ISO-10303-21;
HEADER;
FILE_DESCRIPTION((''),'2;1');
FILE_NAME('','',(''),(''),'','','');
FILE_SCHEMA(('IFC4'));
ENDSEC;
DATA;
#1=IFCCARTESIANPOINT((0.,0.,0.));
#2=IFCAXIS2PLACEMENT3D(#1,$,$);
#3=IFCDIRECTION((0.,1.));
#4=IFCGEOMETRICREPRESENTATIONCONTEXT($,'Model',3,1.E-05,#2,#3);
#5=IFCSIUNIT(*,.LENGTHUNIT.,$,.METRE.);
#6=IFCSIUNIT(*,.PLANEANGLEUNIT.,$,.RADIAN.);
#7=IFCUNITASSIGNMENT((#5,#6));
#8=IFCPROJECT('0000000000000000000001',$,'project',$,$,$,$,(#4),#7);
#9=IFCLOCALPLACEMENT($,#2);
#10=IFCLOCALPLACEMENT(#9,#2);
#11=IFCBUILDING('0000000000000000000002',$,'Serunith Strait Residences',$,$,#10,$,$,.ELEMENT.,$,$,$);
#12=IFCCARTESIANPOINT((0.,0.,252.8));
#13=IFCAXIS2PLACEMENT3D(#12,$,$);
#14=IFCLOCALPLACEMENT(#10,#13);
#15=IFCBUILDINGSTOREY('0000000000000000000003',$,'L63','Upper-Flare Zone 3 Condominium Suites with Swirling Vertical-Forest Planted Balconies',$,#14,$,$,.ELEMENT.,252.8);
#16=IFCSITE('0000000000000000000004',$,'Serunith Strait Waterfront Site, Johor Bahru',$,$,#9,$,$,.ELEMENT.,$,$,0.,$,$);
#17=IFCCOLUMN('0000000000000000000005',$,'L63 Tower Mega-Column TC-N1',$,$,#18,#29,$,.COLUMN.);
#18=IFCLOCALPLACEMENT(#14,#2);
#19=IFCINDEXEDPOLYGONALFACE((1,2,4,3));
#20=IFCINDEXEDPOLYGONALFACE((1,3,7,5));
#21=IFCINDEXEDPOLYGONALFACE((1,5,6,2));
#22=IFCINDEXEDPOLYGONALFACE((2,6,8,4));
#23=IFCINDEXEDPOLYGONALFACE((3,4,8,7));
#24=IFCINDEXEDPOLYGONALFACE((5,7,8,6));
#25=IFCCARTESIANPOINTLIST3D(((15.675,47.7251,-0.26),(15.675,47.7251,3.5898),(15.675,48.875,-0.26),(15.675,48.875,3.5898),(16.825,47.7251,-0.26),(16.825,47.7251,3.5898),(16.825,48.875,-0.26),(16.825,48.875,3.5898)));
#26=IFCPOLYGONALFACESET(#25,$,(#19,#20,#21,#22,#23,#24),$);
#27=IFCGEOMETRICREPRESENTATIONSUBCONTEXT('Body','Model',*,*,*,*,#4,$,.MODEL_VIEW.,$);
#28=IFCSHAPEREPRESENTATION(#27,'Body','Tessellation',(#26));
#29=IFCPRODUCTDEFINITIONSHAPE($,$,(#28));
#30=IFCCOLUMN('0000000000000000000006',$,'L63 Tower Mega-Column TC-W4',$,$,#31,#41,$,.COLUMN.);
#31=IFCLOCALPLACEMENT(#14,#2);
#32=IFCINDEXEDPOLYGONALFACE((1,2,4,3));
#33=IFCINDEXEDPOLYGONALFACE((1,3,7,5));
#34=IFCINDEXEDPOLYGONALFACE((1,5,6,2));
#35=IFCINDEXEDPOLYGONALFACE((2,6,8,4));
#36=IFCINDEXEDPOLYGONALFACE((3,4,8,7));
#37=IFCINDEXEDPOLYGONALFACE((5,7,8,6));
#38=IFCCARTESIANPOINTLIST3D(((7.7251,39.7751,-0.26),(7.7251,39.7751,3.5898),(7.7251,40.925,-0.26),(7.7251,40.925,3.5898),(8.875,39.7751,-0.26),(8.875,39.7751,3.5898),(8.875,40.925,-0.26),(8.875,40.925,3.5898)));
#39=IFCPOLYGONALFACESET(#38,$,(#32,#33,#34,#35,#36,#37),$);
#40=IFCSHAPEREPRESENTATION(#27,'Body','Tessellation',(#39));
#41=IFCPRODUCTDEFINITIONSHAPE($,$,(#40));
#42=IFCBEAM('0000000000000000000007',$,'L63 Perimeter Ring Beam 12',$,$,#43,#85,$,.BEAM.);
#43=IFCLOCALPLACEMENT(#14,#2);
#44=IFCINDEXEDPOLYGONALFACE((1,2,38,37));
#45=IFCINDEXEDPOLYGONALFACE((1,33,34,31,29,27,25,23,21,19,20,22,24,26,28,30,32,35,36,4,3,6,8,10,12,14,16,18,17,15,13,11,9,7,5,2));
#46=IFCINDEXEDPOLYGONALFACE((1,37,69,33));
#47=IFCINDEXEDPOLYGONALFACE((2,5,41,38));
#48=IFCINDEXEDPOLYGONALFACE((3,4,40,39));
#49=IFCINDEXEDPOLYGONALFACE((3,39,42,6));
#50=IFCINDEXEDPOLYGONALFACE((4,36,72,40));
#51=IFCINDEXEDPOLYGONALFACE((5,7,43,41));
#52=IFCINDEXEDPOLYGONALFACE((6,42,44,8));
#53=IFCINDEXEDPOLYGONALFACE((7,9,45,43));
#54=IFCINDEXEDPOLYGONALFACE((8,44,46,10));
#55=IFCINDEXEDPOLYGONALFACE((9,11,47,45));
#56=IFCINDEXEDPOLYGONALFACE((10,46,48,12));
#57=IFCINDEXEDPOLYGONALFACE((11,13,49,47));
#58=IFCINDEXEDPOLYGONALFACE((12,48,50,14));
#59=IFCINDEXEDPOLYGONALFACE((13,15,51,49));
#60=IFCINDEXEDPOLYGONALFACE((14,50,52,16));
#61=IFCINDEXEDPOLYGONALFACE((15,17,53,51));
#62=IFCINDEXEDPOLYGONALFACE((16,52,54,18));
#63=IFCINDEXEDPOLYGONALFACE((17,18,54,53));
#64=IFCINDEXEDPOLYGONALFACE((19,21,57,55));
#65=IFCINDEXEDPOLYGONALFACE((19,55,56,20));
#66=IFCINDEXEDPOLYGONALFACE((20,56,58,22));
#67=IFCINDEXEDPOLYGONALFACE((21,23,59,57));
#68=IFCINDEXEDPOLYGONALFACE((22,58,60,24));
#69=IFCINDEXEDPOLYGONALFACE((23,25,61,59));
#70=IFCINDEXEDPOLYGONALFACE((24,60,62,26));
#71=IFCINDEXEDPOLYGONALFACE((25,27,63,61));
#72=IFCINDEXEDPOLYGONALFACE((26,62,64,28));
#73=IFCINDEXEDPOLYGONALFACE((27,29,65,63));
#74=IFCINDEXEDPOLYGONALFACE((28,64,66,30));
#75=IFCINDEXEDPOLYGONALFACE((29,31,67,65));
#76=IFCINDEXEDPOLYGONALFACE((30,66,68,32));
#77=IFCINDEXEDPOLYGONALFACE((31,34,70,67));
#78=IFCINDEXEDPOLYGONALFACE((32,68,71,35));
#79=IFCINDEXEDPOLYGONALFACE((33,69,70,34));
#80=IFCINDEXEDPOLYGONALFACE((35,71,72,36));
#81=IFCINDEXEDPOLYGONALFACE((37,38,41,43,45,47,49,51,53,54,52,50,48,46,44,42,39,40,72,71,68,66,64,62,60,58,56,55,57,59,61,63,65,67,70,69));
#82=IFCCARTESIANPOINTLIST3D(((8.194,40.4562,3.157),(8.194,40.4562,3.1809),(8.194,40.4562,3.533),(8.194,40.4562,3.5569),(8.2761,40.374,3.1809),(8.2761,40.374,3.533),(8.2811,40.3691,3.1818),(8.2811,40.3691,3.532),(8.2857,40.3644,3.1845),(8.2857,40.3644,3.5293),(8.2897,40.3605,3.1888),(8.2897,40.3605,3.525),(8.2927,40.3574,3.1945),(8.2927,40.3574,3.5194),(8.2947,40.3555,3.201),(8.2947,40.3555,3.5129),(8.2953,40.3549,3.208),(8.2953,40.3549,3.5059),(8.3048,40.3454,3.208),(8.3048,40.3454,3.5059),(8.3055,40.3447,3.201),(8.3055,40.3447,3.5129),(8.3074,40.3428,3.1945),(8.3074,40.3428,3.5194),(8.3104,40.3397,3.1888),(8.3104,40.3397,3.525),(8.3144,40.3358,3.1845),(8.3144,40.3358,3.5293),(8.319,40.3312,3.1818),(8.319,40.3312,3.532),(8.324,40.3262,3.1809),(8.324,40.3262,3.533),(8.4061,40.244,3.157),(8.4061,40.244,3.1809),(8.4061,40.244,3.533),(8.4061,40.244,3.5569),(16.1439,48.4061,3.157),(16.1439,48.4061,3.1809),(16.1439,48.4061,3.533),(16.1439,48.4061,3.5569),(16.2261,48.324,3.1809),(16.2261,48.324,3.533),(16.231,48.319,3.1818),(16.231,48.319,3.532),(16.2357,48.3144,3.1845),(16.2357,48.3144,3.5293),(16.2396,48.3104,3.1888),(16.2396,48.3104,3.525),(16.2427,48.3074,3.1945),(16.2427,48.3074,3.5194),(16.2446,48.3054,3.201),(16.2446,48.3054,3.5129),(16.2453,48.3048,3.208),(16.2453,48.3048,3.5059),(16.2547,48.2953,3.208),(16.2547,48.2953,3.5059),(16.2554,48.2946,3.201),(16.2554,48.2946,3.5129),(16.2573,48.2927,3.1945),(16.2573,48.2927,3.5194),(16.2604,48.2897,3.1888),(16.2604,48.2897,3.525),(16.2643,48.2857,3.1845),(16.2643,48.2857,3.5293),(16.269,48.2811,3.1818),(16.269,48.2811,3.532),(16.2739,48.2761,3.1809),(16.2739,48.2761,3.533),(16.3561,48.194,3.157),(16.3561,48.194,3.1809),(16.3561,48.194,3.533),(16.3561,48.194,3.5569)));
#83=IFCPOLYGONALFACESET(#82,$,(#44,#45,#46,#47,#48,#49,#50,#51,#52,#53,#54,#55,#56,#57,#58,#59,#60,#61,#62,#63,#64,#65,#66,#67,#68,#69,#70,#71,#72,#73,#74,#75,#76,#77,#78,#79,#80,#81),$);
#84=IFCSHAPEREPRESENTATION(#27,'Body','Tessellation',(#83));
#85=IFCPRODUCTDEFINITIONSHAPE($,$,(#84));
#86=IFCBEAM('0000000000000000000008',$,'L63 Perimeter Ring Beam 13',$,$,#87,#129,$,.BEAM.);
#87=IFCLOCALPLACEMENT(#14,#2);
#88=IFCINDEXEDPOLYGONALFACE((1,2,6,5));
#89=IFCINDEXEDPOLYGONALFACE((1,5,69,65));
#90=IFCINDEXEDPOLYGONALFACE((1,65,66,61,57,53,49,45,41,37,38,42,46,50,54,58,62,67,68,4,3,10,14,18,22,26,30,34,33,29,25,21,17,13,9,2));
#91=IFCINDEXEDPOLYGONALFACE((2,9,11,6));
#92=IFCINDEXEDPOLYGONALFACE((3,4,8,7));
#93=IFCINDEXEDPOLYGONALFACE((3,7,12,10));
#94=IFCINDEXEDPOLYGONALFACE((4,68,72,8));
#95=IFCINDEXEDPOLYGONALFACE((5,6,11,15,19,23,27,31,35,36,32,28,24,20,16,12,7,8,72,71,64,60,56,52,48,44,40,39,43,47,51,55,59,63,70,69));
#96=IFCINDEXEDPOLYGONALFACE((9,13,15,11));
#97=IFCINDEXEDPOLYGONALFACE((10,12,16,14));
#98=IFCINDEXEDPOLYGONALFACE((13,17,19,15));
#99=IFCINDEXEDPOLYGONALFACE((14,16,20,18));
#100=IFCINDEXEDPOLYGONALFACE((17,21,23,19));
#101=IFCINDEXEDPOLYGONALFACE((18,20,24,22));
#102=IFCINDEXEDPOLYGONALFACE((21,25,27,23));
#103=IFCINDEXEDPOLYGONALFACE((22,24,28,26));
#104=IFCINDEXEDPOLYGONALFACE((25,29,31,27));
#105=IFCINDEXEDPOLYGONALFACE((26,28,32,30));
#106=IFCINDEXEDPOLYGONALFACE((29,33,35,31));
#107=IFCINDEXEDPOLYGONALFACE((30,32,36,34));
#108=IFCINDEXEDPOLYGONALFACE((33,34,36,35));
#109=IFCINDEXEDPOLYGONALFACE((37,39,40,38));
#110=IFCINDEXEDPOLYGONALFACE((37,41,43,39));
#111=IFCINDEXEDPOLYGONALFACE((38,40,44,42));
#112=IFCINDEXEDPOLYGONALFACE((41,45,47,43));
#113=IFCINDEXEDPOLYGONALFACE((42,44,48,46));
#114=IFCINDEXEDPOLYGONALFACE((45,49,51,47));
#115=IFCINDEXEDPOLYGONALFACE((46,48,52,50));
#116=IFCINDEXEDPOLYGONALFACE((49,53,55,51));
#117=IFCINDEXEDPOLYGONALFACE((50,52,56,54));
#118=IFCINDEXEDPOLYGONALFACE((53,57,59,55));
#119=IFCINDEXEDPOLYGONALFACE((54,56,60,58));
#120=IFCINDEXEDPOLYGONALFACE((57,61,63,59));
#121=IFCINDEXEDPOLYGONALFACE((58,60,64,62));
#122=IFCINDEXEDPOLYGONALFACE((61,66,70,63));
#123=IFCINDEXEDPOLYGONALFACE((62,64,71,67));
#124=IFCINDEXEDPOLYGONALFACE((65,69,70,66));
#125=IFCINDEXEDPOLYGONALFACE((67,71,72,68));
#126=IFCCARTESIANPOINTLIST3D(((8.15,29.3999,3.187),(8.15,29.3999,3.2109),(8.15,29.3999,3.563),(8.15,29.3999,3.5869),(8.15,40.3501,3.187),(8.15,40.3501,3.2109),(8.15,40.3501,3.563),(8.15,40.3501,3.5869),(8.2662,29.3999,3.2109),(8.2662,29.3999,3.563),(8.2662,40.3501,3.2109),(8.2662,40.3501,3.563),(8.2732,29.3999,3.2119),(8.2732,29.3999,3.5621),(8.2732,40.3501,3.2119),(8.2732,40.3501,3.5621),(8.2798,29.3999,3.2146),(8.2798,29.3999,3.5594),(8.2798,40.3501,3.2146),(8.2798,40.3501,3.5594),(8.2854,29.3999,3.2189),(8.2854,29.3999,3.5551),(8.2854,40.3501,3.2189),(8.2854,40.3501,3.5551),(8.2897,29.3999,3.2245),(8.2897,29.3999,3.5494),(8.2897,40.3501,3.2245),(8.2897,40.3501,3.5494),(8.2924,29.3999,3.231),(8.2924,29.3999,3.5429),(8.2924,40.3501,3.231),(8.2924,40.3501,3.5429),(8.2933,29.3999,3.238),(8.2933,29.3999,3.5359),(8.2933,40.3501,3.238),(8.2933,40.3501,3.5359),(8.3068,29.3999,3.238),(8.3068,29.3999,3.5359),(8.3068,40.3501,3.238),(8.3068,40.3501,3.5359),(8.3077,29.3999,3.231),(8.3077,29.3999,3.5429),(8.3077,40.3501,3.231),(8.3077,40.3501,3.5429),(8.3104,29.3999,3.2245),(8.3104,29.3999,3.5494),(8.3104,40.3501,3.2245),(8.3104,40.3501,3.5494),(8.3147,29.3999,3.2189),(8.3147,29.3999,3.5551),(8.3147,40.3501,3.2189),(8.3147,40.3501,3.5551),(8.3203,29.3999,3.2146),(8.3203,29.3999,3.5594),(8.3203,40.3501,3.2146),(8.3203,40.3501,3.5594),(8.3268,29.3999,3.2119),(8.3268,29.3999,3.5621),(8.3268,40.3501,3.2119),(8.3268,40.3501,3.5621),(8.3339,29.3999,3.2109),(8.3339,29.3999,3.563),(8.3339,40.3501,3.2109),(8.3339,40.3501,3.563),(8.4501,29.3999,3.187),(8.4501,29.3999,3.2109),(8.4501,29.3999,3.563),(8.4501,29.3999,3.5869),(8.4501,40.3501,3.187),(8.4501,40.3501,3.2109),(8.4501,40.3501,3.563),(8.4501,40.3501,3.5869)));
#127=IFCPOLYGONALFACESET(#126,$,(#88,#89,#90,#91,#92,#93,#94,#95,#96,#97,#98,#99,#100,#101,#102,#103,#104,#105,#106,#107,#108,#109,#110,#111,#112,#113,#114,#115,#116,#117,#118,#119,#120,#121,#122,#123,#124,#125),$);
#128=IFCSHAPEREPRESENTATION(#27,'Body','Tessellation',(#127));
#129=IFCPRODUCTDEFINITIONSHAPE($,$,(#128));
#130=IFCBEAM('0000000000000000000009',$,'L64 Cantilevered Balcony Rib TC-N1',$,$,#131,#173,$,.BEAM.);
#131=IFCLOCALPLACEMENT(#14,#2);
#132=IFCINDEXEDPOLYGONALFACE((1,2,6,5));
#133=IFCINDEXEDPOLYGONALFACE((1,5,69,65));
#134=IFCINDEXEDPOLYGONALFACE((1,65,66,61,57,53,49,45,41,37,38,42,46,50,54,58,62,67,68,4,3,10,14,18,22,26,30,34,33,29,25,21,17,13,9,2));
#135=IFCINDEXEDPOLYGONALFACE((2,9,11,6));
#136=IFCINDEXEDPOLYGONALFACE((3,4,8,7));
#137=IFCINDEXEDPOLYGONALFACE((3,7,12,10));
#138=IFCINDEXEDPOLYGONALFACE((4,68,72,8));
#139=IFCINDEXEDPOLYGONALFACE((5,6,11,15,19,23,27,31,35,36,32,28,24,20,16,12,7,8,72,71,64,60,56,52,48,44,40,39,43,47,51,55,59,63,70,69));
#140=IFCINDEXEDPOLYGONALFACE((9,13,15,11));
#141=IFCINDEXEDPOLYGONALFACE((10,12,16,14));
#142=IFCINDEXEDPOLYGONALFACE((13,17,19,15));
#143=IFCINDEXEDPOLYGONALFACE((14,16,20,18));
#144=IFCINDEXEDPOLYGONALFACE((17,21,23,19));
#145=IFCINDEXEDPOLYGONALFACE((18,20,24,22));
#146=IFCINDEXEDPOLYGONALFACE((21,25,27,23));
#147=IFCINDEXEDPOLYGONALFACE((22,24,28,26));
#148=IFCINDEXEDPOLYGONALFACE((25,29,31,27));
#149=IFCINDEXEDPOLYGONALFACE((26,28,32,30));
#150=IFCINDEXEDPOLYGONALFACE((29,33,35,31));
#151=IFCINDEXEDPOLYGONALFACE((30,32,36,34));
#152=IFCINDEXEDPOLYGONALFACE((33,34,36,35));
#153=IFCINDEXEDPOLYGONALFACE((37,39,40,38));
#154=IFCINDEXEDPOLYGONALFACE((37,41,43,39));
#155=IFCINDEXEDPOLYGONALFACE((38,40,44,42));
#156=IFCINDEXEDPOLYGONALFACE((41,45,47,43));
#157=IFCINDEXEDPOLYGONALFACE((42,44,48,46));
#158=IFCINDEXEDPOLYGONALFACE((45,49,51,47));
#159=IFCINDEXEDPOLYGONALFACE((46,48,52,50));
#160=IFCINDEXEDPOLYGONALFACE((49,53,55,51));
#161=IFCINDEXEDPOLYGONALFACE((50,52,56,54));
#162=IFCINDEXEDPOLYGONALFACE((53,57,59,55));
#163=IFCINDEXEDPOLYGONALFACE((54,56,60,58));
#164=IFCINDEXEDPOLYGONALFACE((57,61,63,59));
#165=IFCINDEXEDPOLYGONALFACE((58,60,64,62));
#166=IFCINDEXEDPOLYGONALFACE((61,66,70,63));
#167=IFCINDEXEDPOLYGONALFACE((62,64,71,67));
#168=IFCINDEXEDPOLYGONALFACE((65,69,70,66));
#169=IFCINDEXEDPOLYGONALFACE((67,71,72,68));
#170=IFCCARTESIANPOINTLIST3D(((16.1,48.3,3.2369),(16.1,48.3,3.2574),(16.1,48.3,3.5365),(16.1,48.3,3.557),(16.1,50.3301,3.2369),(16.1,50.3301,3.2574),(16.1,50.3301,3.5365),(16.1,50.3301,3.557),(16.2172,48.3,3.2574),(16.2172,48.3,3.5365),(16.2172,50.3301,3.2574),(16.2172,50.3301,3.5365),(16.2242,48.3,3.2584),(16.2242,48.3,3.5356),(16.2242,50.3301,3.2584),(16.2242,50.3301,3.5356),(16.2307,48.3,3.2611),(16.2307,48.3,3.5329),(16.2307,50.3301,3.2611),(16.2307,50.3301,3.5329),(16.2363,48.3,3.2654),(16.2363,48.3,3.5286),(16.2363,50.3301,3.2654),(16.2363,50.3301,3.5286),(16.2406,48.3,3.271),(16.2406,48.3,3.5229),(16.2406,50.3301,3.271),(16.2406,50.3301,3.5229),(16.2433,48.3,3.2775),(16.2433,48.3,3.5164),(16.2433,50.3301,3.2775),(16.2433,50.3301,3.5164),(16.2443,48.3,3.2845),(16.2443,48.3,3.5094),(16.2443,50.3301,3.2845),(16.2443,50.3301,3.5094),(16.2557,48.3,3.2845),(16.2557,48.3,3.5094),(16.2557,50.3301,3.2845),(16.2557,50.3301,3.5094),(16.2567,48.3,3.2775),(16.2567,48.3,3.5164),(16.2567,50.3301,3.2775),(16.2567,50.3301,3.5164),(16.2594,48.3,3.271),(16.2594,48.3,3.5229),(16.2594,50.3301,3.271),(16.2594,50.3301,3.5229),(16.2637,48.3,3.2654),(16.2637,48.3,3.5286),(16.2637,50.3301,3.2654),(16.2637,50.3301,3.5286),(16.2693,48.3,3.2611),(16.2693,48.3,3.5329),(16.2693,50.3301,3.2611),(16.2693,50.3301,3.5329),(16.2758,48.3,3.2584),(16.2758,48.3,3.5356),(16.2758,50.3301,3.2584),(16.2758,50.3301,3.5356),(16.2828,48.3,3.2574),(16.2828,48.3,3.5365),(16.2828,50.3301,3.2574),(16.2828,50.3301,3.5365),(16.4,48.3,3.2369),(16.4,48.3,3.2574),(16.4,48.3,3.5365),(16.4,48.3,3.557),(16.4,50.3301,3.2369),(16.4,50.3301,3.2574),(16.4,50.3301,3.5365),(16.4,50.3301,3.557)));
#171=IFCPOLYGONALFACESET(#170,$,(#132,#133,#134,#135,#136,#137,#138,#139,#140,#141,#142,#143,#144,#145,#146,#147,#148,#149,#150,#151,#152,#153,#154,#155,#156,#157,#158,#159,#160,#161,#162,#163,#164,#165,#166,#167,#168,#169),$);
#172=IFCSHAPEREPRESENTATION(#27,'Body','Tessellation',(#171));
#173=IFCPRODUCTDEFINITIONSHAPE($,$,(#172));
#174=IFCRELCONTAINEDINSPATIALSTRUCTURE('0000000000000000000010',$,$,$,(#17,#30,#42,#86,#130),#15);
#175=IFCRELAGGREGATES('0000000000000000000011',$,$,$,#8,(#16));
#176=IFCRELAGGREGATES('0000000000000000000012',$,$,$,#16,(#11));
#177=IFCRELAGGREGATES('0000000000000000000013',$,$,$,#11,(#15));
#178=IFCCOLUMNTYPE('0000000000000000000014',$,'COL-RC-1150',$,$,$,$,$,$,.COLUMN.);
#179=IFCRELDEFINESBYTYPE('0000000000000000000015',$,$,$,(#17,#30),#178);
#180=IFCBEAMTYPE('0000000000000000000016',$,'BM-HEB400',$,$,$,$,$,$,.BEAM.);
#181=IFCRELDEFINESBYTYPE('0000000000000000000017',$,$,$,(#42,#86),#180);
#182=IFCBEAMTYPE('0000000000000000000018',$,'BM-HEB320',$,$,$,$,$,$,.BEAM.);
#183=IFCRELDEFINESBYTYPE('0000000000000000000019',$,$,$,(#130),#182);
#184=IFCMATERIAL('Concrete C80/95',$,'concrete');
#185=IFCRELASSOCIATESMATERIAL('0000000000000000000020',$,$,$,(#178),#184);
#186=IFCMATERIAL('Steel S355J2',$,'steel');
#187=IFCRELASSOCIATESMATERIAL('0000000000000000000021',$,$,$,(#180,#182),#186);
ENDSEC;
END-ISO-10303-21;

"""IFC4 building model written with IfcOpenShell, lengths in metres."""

from ifc_helpers import new_model, si_unit, direction, frame, origin, origin_2d, place, context, subcontext, project, spatial, rectangle, i_section, extrude, source, transform, mapped, material, material_profile, profile_set, type_object, element, save


model = new_model("IFC4")

# Units and contexts
model_context = context("Model", 3, precision=1e-05, world=origin(), true_north=direction((0.0, 1.0)))
body_context = subcontext(model_context, "Body", "Model", "MODEL_VIEW")
ifc_project = project(units=[si_unit("LENGTHUNIT", "METRE"), si_unit("PLANEANGLEUNIT", "RADIAN")], contexts=[model_context])

# Site, building, storey
site_placement = place(None, origin())
site = spatial("IfcSite", under=ifc_project, at=site_placement, Name="Serunith Strait Waterfront Site, Johor Bahru", CompositionType="ELEMENT", RefElevation=0.0)
building_placement = place(site_placement, origin())
building = spatial("IfcBuilding", under=site, at=building_placement, Name="Serunith Strait Residences", CompositionType="ELEMENT")
storey_placement = place(building_placement, frame((0.0, 0.0, 252.8)))
storey = spatial("IfcBuildingStorey", under=building, at=storey_placement, Name="L63", Description="Upper-Flare Zone 3 Condominium Suites with Swirling Vertical-Forest Planted Balconies", CompositionType="ELEMENT", Elevation=252.8)

# Columns
ifc_material_1 = material(Name="Concrete C80/95", Category="concrete")
ifc_material_profile_1 = material_profile(ifc_material_1, rectangle(XDim=1.1499, YDim=1.1499, at=origin_2d()), Name="RC 1150x1150")
ifc_profile_set_1 = profile_set([ifc_material_profile_1], Name="Concrete C80/95")
column_type = type_object("IfcColumnType", Name="COL-RC-1150", PredefinedType="COLUMN", material=ifc_profile_set_1)
shared_shape_1 = source(origin(), body_context, "Body", "SweptSolid", [
    extrude(rectangle(XDim=1.1499, YDim=1.1499, at=origin_2d()), origin(), (0.0, 0.0, 1.0), 3.8499),
])
for number, where, z_axis, x_axis, name in (
    (1, (16.25, 48.3, -0.26), (0.0, 0.0, 1.0), (1.0, 0.0, 0.0), "L63 Tower Mega-Column TC-N1"),
    (2, (8.3, 40.3501, -0.26), (0.0, 0.0, 1.0), (1.0, 0.0, 0.0), "L63 Tower Mega-Column TC-W4"),
):
    element("IfcColumn", number, at=place(storey_placement, frame(where, z_axis=z_axis, x_axis=x_axis)), inside=storey, type_object=column_type, Name=name, PredefinedType="COLUMN", context=body_context, shape_type="MappedRepresentation", body=[
        mapped(shared_shape_1, transform((0.0, 0.0, 0.0), scale=1.0)),
    ])

# Beams
ifc_material_2 = material(Name="Steel S355J2", Category="steel")
ifc_material_profile_2 = material_profile(ifc_material_2, i_section(OverallWidth=0.3, OverallDepth=0.3999, WebThickness=0.0134, FlangeThickness=0.0239, FilletRadius=0.0271, at=origin_2d()), Name="HEB 400")
ifc_profile_set_2 = profile_set([ifc_material_profile_2], Name="Steel S355J2")
beam_type_1 = type_object("IfcBeamType", Name="BM-HEB400", PredefinedType="BEAM", material=ifc_profile_set_2)
shared_shape_2 = source(origin(), body_context, "Body", "SweptSolid", [
    extrude(i_section(OverallWidth=0.3, OverallDepth=0.3999, WebThickness=0.0134, FlangeThickness=0.0239, FilletRadius=0.0271, at=origin_2d()), origin(), (0.0, 0.0, 1.0), 11.2429),
])
beam_1_placement = place(storey_placement, frame((16.25, 48.3, 3.3569), z_axis=(-0.707107, -0.707107, 0.0), x_axis=(0.707107, -0.707107, 0.0)))
element("IfcBeam", 3, at=beam_1_placement, inside=storey, type_object=beam_type_1, Name="L63 Perimeter Ring Beam 12", PredefinedType="BEAM", context=body_context, shape_type="MappedRepresentation", body=[
    mapped(shared_shape_2, transform((0.0, 0.0, 0.0), scale=1.0)),
])
shared_shape_3 = source(origin(), body_context, "Body", "SweptSolid", [
    extrude(i_section(OverallWidth=0.3, OverallDepth=0.3999, WebThickness=0.0134, FlangeThickness=0.0239, FilletRadius=0.0271, at=origin_2d()), origin(), (0.0, 0.0, 1.0), 10.9502),
])
beam_2_placement = place(storey_placement, frame((8.3, 40.3501, 3.387), z_axis=(0.0, -1.0, 0.0), x_axis=(1.0, 0.0, 0.0)))
element("IfcBeam", 4, at=beam_2_placement, inside=storey, type_object=beam_type_1, Name="L63 Perimeter Ring Beam 13", PredefinedType="BEAM", context=body_context, shape_type="MappedRepresentation", body=[
    mapped(shared_shape_3, transform((0.0, 0.0, 0.0), scale=1.0)),
])
ifc_material_profile_3 = material_profile(ifc_material_2, i_section(OverallWidth=0.3, OverallDepth=0.3201, WebThickness=0.0115, FlangeThickness=0.0205, FilletRadius=0.0271, at=origin_2d()), Name="HEB 320")
ifc_profile_set_3 = profile_set([ifc_material_profile_3], Name="Steel S355J2")
beam_type_2 = type_object("IfcBeamType", Name="BM-HEB320", PredefinedType="BEAM", material=ifc_profile_set_3)
shared_shape_4 = source(origin(), body_context, "Body", "SweptSolid", [
    extrude(i_section(OverallWidth=0.3, OverallDepth=0.3201, WebThickness=0.0115, FlangeThickness=0.0205, FilletRadius=0.0271, at=origin_2d()), origin(), (0.0, 0.0, 1.0), 2.03),
])
beam_3_placement = place(storey_placement, frame((16.25, 48.3, 3.397), z_axis=(0.0, 1.0, 0.0), x_axis=(-1.0, 0.0, 0.0)))
element("IfcBeam", 5, at=beam_3_placement, inside=storey, type_object=beam_type_2, Name="L64 Cantilevered Balcony Rib TC-N1", PredefinedType="BEAM", context=body_context, shape_type="MappedRepresentation", body=[
    mapped(shared_shape_4, transform((0.0, 0.0, 0.0), scale=1.0)),
])

save(model, "model.ifc")
